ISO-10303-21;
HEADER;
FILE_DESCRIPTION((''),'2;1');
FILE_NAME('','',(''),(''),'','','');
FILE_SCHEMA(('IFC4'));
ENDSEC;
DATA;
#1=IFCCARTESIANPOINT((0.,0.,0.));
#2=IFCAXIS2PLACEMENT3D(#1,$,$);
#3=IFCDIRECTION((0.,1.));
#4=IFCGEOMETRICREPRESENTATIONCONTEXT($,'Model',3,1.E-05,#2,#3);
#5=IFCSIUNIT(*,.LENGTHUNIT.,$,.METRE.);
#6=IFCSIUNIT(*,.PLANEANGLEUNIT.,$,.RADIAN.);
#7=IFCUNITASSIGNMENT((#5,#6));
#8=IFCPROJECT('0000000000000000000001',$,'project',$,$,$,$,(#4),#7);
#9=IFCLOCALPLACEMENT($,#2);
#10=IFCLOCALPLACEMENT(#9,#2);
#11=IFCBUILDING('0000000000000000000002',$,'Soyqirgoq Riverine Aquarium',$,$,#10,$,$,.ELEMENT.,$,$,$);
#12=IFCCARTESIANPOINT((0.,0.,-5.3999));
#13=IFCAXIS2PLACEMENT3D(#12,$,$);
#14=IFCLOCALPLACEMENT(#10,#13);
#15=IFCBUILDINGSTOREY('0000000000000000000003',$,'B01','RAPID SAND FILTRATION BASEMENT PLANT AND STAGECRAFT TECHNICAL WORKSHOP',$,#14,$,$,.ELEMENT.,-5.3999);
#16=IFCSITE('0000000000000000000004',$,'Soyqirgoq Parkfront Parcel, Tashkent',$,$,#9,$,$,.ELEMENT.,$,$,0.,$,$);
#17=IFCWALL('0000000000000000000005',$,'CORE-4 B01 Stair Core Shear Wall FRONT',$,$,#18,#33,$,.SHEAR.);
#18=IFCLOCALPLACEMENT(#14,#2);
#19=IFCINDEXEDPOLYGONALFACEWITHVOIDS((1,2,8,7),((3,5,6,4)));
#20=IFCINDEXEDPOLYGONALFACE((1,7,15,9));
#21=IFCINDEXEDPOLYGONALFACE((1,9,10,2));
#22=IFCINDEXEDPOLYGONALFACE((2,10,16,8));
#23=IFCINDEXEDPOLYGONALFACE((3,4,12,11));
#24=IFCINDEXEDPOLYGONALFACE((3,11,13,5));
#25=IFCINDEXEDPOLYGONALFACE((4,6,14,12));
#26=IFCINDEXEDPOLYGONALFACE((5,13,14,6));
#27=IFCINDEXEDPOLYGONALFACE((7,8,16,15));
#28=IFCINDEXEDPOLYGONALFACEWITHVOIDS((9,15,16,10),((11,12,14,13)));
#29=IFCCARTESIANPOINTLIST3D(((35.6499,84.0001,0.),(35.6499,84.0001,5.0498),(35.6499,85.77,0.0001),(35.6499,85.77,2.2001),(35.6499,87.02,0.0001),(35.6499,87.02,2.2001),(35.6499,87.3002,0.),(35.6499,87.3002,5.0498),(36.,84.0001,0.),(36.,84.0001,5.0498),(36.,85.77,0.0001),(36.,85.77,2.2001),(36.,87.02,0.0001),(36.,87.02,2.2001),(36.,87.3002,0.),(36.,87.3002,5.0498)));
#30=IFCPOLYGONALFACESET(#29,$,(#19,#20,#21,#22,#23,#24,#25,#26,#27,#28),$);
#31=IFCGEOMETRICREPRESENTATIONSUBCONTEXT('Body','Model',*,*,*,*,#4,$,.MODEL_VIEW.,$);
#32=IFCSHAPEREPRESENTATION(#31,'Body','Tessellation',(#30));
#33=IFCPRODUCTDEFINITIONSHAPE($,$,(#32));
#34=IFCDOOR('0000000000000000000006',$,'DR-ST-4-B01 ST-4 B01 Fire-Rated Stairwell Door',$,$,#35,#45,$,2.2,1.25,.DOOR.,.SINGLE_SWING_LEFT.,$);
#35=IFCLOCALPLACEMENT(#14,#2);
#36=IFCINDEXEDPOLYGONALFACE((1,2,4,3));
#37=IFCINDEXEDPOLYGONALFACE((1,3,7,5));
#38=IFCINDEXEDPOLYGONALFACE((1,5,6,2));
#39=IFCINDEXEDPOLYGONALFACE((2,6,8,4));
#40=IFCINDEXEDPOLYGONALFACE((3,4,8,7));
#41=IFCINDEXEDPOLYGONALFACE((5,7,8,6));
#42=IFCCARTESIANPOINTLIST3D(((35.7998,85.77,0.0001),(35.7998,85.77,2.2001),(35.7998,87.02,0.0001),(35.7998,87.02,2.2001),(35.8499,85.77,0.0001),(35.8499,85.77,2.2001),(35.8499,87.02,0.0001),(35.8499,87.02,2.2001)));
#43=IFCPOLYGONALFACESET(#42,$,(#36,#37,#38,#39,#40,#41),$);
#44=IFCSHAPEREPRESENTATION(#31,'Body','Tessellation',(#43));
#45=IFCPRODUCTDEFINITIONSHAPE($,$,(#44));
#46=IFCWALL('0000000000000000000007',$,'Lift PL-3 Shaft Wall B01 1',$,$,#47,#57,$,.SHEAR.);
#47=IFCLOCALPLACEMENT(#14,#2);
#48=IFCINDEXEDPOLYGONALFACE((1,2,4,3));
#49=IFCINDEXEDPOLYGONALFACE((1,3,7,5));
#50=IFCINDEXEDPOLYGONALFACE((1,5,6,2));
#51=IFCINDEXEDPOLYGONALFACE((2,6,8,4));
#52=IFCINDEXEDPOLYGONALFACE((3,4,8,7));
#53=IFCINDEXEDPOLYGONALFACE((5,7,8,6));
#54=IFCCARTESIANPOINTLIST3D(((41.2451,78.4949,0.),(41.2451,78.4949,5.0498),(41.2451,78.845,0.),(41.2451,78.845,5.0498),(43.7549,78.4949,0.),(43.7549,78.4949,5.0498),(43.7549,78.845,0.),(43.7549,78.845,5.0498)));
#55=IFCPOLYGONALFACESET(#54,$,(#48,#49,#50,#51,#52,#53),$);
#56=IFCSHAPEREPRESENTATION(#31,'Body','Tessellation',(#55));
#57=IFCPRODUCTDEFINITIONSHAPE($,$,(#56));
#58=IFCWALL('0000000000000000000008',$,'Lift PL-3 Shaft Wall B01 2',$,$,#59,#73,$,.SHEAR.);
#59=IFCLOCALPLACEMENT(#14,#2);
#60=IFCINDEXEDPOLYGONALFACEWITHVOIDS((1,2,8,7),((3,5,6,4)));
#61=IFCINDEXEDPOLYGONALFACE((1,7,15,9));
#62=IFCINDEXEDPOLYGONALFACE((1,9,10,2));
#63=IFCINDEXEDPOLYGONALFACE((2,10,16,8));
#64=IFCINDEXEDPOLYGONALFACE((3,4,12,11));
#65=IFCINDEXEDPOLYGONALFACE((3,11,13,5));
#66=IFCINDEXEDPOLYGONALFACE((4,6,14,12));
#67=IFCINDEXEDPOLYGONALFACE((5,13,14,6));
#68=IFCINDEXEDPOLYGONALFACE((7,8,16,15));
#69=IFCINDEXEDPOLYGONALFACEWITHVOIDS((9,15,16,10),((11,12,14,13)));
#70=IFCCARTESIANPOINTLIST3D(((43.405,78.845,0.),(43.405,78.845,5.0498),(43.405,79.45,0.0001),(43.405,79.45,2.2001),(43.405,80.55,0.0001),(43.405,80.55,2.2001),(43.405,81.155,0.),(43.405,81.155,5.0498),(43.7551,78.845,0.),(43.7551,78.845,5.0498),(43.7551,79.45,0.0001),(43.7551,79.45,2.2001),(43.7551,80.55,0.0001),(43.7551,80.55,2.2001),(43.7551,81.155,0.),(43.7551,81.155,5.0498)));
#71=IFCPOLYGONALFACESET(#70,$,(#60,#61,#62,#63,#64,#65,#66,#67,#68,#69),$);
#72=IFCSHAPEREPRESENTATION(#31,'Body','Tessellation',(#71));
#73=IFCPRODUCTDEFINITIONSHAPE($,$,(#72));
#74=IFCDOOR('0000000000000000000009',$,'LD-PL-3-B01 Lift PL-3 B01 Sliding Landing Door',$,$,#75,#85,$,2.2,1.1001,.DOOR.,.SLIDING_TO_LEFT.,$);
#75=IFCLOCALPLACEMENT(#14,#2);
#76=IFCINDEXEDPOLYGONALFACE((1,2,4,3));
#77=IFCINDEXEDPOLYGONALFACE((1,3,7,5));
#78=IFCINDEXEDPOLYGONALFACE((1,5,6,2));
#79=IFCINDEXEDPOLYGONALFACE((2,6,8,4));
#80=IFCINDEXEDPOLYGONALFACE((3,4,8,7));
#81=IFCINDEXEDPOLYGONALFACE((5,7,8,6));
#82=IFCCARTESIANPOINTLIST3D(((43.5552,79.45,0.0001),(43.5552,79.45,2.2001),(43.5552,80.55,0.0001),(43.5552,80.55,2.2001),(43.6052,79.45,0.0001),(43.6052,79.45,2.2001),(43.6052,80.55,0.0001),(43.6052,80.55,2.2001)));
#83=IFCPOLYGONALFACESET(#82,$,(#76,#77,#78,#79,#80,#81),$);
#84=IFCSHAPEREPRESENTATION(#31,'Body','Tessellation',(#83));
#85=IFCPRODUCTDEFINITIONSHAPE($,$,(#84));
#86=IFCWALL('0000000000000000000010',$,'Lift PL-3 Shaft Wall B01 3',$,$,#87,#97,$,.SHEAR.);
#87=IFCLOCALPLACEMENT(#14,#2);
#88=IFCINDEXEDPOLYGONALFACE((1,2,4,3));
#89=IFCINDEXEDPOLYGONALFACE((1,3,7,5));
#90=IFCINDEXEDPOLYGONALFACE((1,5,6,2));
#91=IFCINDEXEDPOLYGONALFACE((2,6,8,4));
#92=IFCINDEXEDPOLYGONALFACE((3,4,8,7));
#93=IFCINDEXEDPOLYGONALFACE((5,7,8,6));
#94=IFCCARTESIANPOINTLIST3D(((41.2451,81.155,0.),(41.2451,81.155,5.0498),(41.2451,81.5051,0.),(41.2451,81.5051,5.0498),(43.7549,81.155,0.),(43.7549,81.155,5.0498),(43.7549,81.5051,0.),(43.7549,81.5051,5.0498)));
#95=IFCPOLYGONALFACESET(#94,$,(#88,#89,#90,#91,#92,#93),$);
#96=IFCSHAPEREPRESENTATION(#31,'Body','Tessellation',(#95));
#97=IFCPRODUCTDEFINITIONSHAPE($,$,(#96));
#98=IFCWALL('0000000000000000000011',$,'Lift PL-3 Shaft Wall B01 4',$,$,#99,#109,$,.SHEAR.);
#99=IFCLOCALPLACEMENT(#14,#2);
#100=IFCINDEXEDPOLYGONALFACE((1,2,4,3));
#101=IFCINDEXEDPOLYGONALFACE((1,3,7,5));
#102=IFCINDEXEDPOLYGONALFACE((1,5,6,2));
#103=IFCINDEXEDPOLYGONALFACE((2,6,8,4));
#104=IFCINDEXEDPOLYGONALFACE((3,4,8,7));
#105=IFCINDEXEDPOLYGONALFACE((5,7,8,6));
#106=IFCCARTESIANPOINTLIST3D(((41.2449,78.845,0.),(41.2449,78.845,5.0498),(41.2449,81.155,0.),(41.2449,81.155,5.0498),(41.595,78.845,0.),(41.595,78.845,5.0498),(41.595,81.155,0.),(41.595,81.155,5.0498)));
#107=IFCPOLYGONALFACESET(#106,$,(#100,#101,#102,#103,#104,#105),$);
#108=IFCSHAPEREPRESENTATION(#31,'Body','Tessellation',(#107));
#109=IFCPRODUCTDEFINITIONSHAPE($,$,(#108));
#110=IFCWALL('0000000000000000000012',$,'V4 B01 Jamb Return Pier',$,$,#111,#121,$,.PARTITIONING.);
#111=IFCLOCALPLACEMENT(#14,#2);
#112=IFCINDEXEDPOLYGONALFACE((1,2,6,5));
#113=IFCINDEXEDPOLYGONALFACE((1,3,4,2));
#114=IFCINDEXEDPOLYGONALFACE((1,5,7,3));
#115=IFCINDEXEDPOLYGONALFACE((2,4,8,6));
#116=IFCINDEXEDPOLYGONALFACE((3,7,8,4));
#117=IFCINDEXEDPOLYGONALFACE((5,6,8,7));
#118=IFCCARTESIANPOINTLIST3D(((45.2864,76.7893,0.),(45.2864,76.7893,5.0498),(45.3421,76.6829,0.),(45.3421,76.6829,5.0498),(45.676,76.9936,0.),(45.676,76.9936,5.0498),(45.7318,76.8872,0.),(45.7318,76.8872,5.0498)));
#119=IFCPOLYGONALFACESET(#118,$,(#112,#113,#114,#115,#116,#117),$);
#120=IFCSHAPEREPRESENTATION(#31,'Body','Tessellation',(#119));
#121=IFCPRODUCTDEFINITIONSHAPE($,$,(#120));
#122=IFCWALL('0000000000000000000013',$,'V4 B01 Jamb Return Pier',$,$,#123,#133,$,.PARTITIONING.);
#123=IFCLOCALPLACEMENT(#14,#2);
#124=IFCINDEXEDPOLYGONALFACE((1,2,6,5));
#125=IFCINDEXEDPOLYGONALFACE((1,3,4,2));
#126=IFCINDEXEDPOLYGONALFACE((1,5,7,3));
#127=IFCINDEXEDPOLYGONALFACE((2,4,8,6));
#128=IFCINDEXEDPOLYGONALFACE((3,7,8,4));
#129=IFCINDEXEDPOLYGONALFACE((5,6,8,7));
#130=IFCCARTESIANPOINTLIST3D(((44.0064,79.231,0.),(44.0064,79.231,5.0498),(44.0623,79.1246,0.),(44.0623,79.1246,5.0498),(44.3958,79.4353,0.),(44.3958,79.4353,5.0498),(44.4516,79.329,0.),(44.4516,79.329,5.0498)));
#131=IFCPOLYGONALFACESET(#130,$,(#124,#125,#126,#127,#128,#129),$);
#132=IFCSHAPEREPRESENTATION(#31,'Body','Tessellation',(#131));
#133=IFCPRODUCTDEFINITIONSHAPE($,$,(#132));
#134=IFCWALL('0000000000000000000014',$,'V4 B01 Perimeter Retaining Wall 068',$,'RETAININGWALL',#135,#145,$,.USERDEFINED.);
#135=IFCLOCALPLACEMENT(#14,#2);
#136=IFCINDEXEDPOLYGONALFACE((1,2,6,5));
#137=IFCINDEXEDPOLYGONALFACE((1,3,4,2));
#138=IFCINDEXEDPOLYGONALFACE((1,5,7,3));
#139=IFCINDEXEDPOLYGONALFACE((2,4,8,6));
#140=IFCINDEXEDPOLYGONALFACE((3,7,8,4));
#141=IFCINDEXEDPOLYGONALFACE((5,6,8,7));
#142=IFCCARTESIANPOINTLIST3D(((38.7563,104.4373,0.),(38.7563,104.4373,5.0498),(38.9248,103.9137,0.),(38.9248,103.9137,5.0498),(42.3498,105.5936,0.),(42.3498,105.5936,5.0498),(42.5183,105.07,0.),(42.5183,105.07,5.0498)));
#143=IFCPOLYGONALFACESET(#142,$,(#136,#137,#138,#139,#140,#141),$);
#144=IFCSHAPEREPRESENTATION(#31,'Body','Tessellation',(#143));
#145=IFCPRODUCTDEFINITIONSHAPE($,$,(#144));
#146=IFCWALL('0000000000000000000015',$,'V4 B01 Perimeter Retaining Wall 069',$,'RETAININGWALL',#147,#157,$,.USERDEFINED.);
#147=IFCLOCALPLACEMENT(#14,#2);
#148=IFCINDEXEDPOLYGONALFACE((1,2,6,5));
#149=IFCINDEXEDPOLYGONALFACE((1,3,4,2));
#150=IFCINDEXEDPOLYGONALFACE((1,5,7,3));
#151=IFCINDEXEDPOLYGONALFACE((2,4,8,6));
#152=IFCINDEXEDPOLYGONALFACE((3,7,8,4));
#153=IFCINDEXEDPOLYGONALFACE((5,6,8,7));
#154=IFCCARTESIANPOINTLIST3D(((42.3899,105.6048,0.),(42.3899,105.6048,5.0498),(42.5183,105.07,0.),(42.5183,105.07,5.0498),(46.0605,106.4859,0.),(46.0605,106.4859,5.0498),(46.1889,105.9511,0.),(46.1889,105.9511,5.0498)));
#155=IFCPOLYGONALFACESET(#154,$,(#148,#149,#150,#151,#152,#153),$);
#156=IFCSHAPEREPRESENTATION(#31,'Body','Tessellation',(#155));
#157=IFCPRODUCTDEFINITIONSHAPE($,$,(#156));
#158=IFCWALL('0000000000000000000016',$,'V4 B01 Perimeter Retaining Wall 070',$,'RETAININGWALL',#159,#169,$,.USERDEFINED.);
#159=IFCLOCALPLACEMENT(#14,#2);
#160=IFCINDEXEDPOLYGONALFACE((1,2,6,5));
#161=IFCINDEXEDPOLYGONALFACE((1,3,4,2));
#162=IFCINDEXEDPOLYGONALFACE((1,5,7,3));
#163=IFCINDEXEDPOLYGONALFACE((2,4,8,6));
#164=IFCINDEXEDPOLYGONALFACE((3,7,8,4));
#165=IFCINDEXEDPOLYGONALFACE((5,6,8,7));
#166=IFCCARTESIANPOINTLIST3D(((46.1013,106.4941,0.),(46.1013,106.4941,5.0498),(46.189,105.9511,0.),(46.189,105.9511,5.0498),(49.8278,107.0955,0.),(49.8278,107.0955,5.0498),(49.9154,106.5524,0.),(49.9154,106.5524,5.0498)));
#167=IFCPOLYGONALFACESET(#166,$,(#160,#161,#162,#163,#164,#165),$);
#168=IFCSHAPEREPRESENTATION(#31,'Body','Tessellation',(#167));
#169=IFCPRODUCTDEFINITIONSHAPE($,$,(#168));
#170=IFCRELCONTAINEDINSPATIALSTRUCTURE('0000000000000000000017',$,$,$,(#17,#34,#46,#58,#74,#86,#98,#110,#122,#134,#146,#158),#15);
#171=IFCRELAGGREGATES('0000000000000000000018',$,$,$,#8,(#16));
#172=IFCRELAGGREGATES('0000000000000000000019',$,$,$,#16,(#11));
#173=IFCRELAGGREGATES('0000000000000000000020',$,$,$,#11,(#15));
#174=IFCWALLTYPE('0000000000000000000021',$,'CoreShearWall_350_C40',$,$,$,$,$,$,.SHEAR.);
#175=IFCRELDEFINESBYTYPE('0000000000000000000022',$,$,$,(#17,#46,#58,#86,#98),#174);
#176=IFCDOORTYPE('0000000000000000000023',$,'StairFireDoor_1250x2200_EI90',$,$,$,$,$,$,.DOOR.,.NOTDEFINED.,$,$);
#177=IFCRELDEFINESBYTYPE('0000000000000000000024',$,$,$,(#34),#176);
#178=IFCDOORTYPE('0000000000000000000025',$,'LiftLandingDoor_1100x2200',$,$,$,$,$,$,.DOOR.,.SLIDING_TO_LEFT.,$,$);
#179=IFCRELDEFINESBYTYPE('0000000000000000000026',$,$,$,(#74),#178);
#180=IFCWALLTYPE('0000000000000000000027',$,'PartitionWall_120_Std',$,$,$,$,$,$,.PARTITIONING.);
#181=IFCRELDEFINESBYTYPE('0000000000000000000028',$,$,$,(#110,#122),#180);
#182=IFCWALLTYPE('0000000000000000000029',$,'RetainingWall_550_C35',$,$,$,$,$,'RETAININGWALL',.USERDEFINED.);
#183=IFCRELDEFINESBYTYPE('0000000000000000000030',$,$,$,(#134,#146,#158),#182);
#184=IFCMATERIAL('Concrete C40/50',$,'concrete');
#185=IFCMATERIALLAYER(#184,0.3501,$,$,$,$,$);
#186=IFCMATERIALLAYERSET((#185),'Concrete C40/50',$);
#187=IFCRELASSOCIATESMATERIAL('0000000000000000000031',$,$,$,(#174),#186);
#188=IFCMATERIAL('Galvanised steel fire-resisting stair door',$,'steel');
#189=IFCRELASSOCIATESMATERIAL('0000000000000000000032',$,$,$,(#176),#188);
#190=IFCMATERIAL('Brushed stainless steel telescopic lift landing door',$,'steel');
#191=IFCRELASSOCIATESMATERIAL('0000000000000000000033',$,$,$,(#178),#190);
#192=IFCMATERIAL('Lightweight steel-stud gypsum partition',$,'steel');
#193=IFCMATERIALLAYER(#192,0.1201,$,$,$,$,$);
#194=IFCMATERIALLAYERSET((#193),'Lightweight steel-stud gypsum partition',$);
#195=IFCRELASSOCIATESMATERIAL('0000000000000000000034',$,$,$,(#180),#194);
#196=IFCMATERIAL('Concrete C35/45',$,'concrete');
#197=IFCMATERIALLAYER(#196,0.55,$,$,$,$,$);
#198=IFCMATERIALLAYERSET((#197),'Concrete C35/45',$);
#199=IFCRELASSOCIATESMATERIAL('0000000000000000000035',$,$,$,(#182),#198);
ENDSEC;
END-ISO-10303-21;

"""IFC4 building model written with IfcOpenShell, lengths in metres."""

from ifc_helpers import new_model, si_unit, direction, frame, frame_2d, origin, place, context, subcontext, project, spatial, rectangle, extrude, material, layer, layer_set, type_object, element, fill, save


model = new_model("IFC4")

# Units and contexts
model_context = context("Model", 3, precision=1e-05, world=origin(), true_north=direction((0.0, 1.0)))
body_context = subcontext(model_context, "Body", "Model", "MODEL_VIEW")
ifc_project = project(units=[si_unit("LENGTHUNIT", "METRE"), si_unit("PLANEANGLEUNIT", "RADIAN")], contexts=[model_context])

# Site, building, storey
site_placement = place(None, origin())
site = spatial("IfcSite", under=ifc_project, at=site_placement, Name="Soyqirgoq Parkfront Parcel, Tashkent", CompositionType="ELEMENT", RefElevation=0.0)
building_placement = place(site_placement, origin())
building = spatial("IfcBuilding", under=site, at=building_placement, Name="Soyqirgoq Riverine Aquarium", CompositionType="ELEMENT")
storey_placement = place(building_placement, frame((0.0, 0.0, -5.3999)))
storey = spatial("IfcBuildingStorey", under=building, at=storey_placement, Name="B01", Description="RAPID SAND FILTRATION BASEMENT PLANT AND STAGECRAFT TECHNICAL WORKSHOP", CompositionType="ELEMENT", Elevation=-5.3999)

# Shared definitions
ifc_material_1 = material(Name="Concrete C40/50", Category="concrete")
ifc_layer_1 = layer(ifc_material_1, 0.3501)
ifc_layer_set_1 = layer_set([ifc_layer_1], Name="Concrete C40/50")
wall_type_1 = type_object("IfcWallType", Name="CoreShearWall_350_C40", PredefinedType="SHEAR", material=ifc_layer_set_1)

# Wall, opening, door
wall_1_placement = place(storey_placement, frame((35.825, 87.3, 0.0), z_axis=(0.0, 0.0, 1.0), x_axis=(0.0, -1.0, 0.0)))
wall_1 = element("IfcWall", 1, at=wall_1_placement, inside=storey, type_object=wall_type_1, Name="CORE-4 B01 Stair Core Shear Wall FRONT", PredefinedType="SHEAR", context=body_context, shape_type="SweptSolid", body=[
    extrude(rectangle(XDim=3.3, YDim=0.3501, at=frame_2d((1.6499, 0.0))), origin(), (0.0, 0.0, 1.0), 5.0498),
])
opening_1_placement = place(wall_1_placement, frame((0.28, 0.0, 0.0)))
opening_1 = element("IfcOpeningElement", 2, at=opening_1_placement, cuts=wall_1, PredefinedType="OPENING", context=body_context, shape_type="SweptSolid", body=[
    extrude(rectangle(XDim=1.25, YDim=2.2, at=frame_2d((0.625, 1.1001))), frame((0.0, 0.1851, 0.0), z_axis=(0.0, -1.0, 0.0), x_axis=(1.0, 0.0, 0.0)), (0.0, 0.0, 1.0), 0.3701),
])
ifc_material_2 = material(Name="Galvanised steel fire-resisting stair door", Category="steel")
door_type_1 = type_object("IfcDoorType", Name="StairFireDoor_1250x2200_EI90", OperationType="NOTDEFINED", PredefinedType="DOOR", material=ifc_material_2)
door_1_placement = place(opening_1_placement, origin())
door_1 = element("IfcDoor", 3, at=door_1_placement, inside=storey, type_object=door_type_1, Name="DR-ST-4-B01 ST-4 B01 Fire-Rated Stairwell Door", OperationType="SINGLE_SWING_LEFT", OverallHeight=2.2, OverallWidth=1.25, PredefinedType="DOOR", context=body_context, shape_type="SweptSolid", body=[
    extrude(rectangle(XDim=1.25, YDim=2.2, at=frame_2d((0.625, 1.1001))), frame((0.0, 0.0249, 0.0), z_axis=(0.0, -1.0, 0.0), x_axis=(1.0, 0.0, 0.0)), (0.0, 0.0, 1.0), 0.05),
])
fill(opening_1, door_1)

# Wall
wall_2_placement = place(storey_placement, frame((41.2451, 78.6699, 0.0), z_axis=(0.0, 0.0, 1.0), x_axis=(1.0, 0.0, 0.0)))
element("IfcWall", 4, at=wall_2_placement, inside=storey, type_object=wall_type_1, Name="Lift PL-3 Shaft Wall B01 1", PredefinedType="SHEAR", context=body_context, shape_type="SweptSolid", body=[
    extrude(rectangle(XDim=2.5098, YDim=0.3501, at=frame_2d((1.2549, 0.0))), origin(), (0.0, 0.0, 1.0), 5.0498),
])

# Wall, opening, door
wall_3_placement = place(storey_placement, frame((43.5801, 78.845, 0.0), z_axis=(0.0, 0.0, 1.0), x_axis=(0.0, 1.0, 0.0)))
wall_3 = element("IfcWall", 5, at=wall_3_placement, inside=storey, type_object=wall_type_1, Name="Lift PL-3 Shaft Wall B01 2", PredefinedType="SHEAR", context=body_context, shape_type="SweptSolid", body=[
    extrude(rectangle(XDim=2.3101, YDim=0.3501, at=frame_2d((1.155, 0.0))), origin(), (0.0, 0.0, 1.0), 5.0498),
])
opening_2_placement = place(wall_3_placement, frame((0.605, 0.0, 0.0)))
opening_2 = element("IfcOpeningElement", 6, at=opening_2_placement, cuts=wall_3, PredefinedType="OPENING", context=body_context, shape_type="SweptSolid", body=[
    extrude(rectangle(XDim=1.1001, YDim=2.2, at=frame_2d((0.55, 1.1001))), frame((0.0, 0.1851, 0.0), z_axis=(0.0, -1.0, 0.0), x_axis=(1.0, 0.0, 0.0)), (0.0, 0.0, 1.0), 0.3701),
])
ifc_material_3 = material(Name="Brushed stainless steel telescopic lift landing door", Category="steel")
door_type_2 = type_object("IfcDoorType", Name="LiftLandingDoor_1100x2200", OperationType="SLIDING_TO_LEFT", PredefinedType="DOOR", material=ifc_material_3)
door_2_placement = place(opening_2_placement, origin())
door_2 = element("IfcDoor", 7, at=door_2_placement, inside=storey, type_object=door_type_2, Name="LD-PL-3-B01 Lift PL-3 B01 Sliding Landing Door", OperationType="SLIDING_TO_LEFT", OverallHeight=2.2, OverallWidth=1.1001, PredefinedType="DOOR", context=body_context, shape_type="SweptSolid", body=[
    extrude(rectangle(XDim=1.1001, YDim=2.2, at=frame_2d((0.55, 1.1001))), frame((0.0, 0.0249, 0.0), z_axis=(0.0, -1.0, 0.0), x_axis=(1.0, 0.0, 0.0)), (0.0, 0.0, 1.0), 0.05),
])
fill(opening_2, door_2)

# Walls
wall_4_placement = place(storey_placement, frame((43.7549, 81.3301, 0.0), z_axis=(0.0, 0.0, 1.0), x_axis=(-1.0, 0.0, 0.0)))
element("IfcWall", 8, at=wall_4_placement, inside=storey, type_object=wall_type_1, Name="Lift PL-3 Shaft Wall B01 3", PredefinedType="SHEAR", context=body_context, shape_type="SweptSolid", body=[
    extrude(rectangle(XDim=2.5098, YDim=0.3501, at=frame_2d((1.2549, 0.0))), origin(), (0.0, 0.0, 1.0), 5.0498),
])
wall_5_placement = place(storey_placement, frame((41.4199, 81.155, 0.0), z_axis=(0.0, 0.0, 1.0), x_axis=(0.0, -1.0, 0.0)))
element("IfcWall", 9, at=wall_5_placement, inside=storey, type_object=wall_type_1, Name="Lift PL-3 Shaft Wall B01 4", PredefinedType="SHEAR", context=body_context, shape_type="SweptSolid", body=[
    extrude(rectangle(XDim=2.3101, YDim=0.3501, at=frame_2d((1.155, 0.0))), origin(), (0.0, 0.0, 1.0), 5.0498),
])
ifc_material_4 = material(Name="Lightweight steel-stud gypsum partition", Category="steel")
ifc_layer_2 = layer(ifc_material_4, 0.1201)
ifc_layer_set_2 = layer_set([ifc_layer_2], Name="Lightweight steel-stud gypsum partition")
wall_type_2 = type_object("IfcWallType", Name="PartitionWall_120_Std", PredefinedType="PARTITIONING", material=ifc_layer_set_2)
wall_6_placement = place(storey_placement, frame((45.7039, 76.9404, 0.0), z_axis=(0.0, 0.0, 1.0), x_axis=(-0.885603, -0.464442, 0.0)))
element("IfcWall", 10, at=wall_6_placement, inside=storey, type_object=wall_type_2, Name="V4 B01 Jamb Return Pier", PredefinedType="PARTITIONING", context=body_context, shape_type="SweptSolid", body=[
    extrude(rectangle(XDim=0.4399, YDim=0.1201, at=frame_2d((0.22, 0.0))), origin(), (0.0, 0.0, 1.0), 5.0498),
])
wall_7_placement = place(storey_placement, frame((44.4236, 79.3821, 0.0), z_axis=(0.0, 0.0, 1.0), x_axis=(-0.885484, -0.464671, 0.0)))
element("IfcWall", 11, at=wall_7_placement, inside=storey, type_object=wall_type_2, Name="V4 B01 Jamb Return Pier", PredefinedType="PARTITIONING", context=body_context, shape_type="SweptSolid", body=[
    extrude(rectangle(XDim=0.4397, YDim=0.1201, at=frame_2d((0.2197, 0.0))), origin(), (0.0, 0.0, 1.0), 5.0498),
])
ifc_material_5 = material(Name="Concrete C35/45", Category="concrete")
ifc_layer_3 = layer(ifc_material_5, 0.55)
ifc_layer_set_3 = layer_set([ifc_layer_3], Name="Concrete C35/45")
wall_type_3 = type_object("IfcWallType", Name="RetainingWall_550_C35", ElementType="RETAININGWALL", PredefinedType="USERDEFINED", material=ifc_layer_set_3)
for number, where, z_axis, x_axis, name in (
    (12, (38.8406, 104.1755, 0.0), (0.0, 0.0, 1.0), (0.951936, 0.306296, 0.0), "V4 B01 Perimeter Retaining Wall 068"),
    (13, (42.4541, 105.3374, 0.0), (0.0, 0.0, 1.0), (0.972378, 0.23341, 0.0), "V4 B01 Perimeter Retaining Wall 069"),
):
    element("IfcWall", number, at=place(storey_placement, frame(where, z_axis=z_axis, x_axis=x_axis)), inside=storey, type_object=wall_type_3, Name=name, ObjectType="RETAININGWALL", PredefinedType="USERDEFINED", context=body_context, shape_type="SweptSolid", body=[
        extrude(rectangle(XDim=3.7749, YDim=0.55, at=frame_2d((1.8875, 0.0))), origin(), (0.0, 0.0, 1.0), 5.0498),
    ])
wall_8_placement = place(storey_placement, frame((46.1453, 106.2227, 0.0), z_axis=(0.0, 0.0, 1.0), x_axis=(0.98723, 0.1593, 0.0)))
element("IfcWall", 14, at=wall_8_placement, inside=storey, type_object=wall_type_3, Name="V4 B01 Perimeter Retaining Wall 070", ObjectType="RETAININGWALL", PredefinedType="USERDEFINED", context=body_context, shape_type="SweptSolid", body=[
    extrude(rectangle(XDim=3.7747, YDim=0.55, at=frame_2d((1.8872, 0.0))), origin(), (0.0, 0.0, 1.0), 5.0498),
])

save(model, "model.ifc")
